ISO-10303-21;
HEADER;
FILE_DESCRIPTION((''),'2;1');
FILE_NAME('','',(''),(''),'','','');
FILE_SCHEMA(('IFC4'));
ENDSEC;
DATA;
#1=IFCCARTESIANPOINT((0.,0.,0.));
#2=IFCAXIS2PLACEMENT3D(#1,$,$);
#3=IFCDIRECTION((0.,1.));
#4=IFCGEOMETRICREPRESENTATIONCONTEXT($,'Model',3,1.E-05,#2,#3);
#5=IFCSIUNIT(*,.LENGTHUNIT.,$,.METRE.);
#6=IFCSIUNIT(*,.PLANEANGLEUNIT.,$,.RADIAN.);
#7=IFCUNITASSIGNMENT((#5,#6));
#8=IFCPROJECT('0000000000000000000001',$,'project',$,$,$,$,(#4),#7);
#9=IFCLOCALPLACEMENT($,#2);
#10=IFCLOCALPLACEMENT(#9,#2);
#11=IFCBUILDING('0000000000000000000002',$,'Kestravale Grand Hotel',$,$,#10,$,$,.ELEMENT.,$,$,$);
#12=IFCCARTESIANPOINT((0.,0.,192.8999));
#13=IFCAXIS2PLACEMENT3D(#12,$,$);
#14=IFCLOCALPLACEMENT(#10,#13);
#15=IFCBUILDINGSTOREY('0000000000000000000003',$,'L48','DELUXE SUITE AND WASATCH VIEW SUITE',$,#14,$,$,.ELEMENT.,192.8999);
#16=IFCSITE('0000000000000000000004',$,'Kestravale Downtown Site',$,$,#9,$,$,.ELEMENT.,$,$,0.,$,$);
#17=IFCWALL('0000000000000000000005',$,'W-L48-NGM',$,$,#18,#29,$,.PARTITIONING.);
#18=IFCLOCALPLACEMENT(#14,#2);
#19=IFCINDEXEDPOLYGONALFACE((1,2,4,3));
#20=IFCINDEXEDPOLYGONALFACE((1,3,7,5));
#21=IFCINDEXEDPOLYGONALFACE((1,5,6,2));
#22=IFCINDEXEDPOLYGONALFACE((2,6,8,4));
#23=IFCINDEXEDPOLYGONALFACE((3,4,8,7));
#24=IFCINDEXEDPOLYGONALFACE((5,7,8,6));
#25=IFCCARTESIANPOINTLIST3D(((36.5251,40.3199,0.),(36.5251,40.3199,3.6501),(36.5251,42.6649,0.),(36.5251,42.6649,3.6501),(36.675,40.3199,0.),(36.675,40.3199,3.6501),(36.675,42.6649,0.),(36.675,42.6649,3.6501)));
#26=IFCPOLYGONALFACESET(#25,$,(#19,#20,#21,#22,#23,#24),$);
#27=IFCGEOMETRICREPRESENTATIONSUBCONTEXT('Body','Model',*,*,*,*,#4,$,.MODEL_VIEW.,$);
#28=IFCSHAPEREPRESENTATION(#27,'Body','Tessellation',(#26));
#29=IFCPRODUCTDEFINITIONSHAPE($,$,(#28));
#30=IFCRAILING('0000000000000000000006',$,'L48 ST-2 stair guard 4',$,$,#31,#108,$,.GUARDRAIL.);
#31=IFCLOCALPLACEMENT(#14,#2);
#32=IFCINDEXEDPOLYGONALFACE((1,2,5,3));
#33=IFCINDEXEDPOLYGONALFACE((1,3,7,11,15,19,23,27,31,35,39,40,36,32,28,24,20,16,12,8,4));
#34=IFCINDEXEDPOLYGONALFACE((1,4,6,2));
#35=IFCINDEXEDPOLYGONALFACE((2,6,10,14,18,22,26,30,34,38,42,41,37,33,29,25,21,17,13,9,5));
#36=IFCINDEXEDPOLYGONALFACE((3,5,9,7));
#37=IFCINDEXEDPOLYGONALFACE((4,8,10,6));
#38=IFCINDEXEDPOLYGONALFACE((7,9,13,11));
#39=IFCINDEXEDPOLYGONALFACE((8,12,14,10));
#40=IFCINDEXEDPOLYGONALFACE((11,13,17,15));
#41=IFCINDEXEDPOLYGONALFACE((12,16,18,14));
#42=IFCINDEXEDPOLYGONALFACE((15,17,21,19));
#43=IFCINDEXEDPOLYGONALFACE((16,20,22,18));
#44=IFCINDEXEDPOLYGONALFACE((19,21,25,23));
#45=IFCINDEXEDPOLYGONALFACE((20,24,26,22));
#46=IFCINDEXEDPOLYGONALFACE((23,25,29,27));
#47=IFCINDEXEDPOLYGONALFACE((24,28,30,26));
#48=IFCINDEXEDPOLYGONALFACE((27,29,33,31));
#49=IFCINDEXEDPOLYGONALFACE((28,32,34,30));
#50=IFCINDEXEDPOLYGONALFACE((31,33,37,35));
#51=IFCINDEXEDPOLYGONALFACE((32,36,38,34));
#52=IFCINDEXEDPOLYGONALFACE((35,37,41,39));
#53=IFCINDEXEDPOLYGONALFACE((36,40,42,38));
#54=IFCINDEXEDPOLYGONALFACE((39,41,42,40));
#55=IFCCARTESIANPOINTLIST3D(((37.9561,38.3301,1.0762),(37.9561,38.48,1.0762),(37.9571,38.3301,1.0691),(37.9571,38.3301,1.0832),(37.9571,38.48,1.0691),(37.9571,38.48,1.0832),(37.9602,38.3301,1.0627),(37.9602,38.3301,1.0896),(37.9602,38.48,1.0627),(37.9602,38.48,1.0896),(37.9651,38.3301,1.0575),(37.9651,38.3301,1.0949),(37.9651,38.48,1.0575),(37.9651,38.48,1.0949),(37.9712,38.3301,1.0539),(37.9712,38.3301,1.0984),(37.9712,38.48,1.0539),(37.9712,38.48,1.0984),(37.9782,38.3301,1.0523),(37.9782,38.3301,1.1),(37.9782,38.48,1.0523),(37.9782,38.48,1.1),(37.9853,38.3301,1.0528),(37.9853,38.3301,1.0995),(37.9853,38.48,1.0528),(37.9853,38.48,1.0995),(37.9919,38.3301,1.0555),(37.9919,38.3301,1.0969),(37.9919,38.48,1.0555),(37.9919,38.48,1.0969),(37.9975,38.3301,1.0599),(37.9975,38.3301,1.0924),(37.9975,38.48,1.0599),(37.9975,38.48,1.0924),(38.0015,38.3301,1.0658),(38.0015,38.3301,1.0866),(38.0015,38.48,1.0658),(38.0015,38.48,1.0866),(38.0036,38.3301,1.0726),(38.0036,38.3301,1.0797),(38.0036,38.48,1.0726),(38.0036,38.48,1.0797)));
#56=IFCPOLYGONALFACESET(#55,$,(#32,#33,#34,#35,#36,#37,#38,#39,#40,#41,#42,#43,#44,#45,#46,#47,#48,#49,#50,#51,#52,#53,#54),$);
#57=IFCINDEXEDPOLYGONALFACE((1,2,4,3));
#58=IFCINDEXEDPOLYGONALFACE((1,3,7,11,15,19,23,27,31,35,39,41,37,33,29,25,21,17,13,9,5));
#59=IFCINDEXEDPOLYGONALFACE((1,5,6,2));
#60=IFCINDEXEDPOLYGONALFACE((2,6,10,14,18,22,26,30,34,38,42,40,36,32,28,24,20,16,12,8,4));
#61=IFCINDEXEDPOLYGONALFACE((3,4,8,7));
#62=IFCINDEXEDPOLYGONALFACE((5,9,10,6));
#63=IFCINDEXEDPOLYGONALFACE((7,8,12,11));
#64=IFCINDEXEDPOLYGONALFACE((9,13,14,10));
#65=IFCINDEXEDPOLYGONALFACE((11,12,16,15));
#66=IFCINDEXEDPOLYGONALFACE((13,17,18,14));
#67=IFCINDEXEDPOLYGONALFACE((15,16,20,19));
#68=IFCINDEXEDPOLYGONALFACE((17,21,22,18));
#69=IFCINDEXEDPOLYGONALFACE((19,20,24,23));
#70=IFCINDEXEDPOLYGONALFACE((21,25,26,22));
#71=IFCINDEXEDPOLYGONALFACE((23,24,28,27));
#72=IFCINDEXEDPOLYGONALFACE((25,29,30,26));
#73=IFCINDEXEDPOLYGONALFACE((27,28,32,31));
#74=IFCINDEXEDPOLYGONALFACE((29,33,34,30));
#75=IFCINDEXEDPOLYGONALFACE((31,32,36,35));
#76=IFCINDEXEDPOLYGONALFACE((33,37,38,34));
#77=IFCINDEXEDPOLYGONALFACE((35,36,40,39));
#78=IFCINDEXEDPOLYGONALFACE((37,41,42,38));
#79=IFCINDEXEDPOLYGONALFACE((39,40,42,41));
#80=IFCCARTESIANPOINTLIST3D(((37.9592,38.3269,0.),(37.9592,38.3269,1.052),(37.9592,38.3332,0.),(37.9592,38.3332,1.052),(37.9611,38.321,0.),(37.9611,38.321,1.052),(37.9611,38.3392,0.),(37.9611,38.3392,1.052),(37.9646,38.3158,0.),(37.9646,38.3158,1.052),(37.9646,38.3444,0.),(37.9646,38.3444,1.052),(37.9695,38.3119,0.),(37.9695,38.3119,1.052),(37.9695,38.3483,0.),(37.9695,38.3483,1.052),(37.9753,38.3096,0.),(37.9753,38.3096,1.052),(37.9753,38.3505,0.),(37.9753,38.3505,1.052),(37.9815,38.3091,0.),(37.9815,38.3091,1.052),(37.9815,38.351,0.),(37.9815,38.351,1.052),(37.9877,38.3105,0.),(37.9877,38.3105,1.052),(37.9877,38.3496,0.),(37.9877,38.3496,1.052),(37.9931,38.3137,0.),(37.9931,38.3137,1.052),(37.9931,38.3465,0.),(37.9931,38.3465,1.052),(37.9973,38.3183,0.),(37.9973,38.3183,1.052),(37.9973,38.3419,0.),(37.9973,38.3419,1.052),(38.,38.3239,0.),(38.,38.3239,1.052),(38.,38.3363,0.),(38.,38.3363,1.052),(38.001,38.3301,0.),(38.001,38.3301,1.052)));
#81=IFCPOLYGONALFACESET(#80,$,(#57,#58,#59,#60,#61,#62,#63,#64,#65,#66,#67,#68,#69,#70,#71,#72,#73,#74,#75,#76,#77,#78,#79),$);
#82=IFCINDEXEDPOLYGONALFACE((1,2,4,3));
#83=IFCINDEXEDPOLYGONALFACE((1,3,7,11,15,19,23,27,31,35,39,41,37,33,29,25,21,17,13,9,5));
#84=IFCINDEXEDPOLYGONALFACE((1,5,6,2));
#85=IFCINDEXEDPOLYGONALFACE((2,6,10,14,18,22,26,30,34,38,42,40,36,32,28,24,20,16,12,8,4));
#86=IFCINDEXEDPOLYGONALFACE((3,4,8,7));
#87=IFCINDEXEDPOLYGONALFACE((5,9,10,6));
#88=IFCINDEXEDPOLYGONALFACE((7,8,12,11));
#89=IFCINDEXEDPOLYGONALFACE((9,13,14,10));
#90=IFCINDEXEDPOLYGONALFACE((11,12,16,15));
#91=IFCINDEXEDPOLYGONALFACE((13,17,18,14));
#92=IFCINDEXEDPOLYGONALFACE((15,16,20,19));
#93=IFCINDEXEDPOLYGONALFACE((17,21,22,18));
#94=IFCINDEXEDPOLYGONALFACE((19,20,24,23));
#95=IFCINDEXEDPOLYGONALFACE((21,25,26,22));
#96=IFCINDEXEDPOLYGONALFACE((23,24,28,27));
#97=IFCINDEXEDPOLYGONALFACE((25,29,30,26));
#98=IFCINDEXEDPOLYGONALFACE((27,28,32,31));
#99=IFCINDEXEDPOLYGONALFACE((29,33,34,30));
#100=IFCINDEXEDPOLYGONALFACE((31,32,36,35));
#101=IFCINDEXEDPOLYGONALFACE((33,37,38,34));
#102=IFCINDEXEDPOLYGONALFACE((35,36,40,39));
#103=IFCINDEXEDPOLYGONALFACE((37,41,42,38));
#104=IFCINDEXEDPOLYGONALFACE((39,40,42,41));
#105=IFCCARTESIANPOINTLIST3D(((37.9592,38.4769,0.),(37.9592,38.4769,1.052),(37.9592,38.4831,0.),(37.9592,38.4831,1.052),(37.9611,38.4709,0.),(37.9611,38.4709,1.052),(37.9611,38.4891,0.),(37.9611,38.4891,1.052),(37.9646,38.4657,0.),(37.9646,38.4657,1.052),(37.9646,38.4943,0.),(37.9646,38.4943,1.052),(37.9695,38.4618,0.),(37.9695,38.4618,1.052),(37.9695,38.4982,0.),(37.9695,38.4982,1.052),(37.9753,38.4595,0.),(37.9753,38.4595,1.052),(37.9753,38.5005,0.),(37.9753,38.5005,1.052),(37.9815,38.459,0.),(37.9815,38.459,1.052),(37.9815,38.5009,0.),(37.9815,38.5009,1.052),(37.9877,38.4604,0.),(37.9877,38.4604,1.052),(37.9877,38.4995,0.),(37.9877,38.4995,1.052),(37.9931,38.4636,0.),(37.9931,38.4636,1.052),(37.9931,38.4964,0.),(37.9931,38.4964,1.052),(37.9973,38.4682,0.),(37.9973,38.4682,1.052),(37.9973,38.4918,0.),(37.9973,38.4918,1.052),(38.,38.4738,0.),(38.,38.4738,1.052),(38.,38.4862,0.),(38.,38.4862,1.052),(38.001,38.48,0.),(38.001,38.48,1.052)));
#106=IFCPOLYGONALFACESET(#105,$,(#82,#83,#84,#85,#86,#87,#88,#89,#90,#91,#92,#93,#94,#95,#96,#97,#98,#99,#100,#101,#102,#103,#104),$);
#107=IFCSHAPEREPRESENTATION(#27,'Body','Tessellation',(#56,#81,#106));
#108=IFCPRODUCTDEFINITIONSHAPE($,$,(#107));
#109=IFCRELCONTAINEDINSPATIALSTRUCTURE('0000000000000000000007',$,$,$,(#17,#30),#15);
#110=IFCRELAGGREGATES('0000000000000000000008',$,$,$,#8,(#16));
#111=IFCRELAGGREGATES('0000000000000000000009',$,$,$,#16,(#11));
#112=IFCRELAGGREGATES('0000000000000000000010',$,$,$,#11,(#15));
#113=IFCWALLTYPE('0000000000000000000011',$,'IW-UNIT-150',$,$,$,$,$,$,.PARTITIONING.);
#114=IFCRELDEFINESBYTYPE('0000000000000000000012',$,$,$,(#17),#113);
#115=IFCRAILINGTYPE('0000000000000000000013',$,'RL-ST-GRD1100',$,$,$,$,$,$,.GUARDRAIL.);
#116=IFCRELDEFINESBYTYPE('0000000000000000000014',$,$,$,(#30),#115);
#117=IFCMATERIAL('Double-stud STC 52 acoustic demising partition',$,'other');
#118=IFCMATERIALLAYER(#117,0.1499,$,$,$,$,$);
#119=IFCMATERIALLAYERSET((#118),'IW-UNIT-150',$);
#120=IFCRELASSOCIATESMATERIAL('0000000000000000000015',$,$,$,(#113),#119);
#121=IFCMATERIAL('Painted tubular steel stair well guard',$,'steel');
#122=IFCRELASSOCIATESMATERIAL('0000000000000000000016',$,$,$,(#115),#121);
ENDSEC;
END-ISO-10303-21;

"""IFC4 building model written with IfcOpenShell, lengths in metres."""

from ifc_helpers import new_model, si_unit, direction, frame, frame_2d, origin, origin_2d, place, context, subcontext, project, spatial, rectangle, circle, extrude, material, layer, layer_set, type_object, element, save


model = new_model("IFC4")

# Units and contexts
model_context = context("Model", 3, precision=1e-05, world=origin(), true_north=direction((0.0, 1.0)))
body_context = subcontext(model_context, "Body", "Model", "MODEL_VIEW")
ifc_project = project(units=[si_unit("LENGTHUNIT", "METRE"), si_unit("PLANEANGLEUNIT", "RADIAN")], contexts=[model_context])

# Site, building, storey
site_placement = place(None, origin())
site = spatial("IfcSite", under=ifc_project, at=site_placement, Name="Kestravale Downtown Site", CompositionType="ELEMENT", RefElevation=0.0)
building_placement = place(site_placement, origin())
building = spatial("IfcBuilding", under=site, at=building_placement, Name="Kestravale Grand Hotel", CompositionType="ELEMENT")
storey_placement = place(building_placement, frame((0.0, 0.0, 192.8999)))
storey = spatial("IfcBuildingStorey", under=building, at=storey_placement, Name="L48", Description="DELUXE SUITE AND WASATCH VIEW SUITE", CompositionType="ELEMENT", Elevation=192.8999)

# Wall
ifc_material_1 = material(Name="Double-stud STC 52 acoustic demising partition", Category="other")
ifc_layer_1 = layer(ifc_material_1, 0.1499)
ifc_layer_set_1 = layer_set([ifc_layer_1], Name="IW-UNIT-150")
wall_type_1 = type_object("IfcWallType", Name="IW-UNIT-150", PredefinedType="PARTITIONING", material=ifc_layer_set_1)
wall_1_placement = place(storey_placement, frame((36.6001, 40.3201, 0.0), z_axis=(0.0, 0.0, 1.0), x_axis=(0.0, 1.0, 0.0)))
element("IfcWall", 1, at=wall_1_placement, inside=storey, type_object=wall_type_1, Name="W-L48-NGM", PredefinedType="PARTITIONING", context=body_context, shape_type="SweptSolid", body=[
    extrude(rectangle(XDim=2.345, YDim=0.1499, at=frame_2d((1.1724, 0.0))), origin(), (0.0, 0.0, 1.0), 3.6501),
])

# Railing
ifc_material_2 = material(Name="Painted tubular steel stair well guard", Category="steel")
railing_type = type_object("IfcRailingType", Name="RL-ST-GRD1100", PredefinedType="GUARDRAIL", material=ifc_material_2)
railing_placement = place(storey_placement, frame((37.98, 38.3301, 0.0)))
element("IfcRailing", 2, at=railing_placement, inside=storey, type_object=railing_type, Name="L48 ST-2 stair guard 4", PredefinedType="GUARDRAIL", context=body_context, shape_type="SweptSolid", body=[
    extrude(circle(Radius=0.0239, at=origin_2d()), frame((0.0, 0.0, 1.0762), z_axis=(0.0, 1.0, 0.0), x_axis=(-1.0, 0.0, 0.0)), (0.0, 0.0, 1.0), 0.1499),
    extrude(circle(Radius=0.021, at=origin_2d()), origin(), (0.0, 0.0, 1.0), 1.052),
    extrude(circle(Radius=0.021, at=origin_2d()), frame((0.0, 0.1499, 0.0)), (0.0, 0.0, 1.0), 1.052),
])

save(model, "model.ifc")
